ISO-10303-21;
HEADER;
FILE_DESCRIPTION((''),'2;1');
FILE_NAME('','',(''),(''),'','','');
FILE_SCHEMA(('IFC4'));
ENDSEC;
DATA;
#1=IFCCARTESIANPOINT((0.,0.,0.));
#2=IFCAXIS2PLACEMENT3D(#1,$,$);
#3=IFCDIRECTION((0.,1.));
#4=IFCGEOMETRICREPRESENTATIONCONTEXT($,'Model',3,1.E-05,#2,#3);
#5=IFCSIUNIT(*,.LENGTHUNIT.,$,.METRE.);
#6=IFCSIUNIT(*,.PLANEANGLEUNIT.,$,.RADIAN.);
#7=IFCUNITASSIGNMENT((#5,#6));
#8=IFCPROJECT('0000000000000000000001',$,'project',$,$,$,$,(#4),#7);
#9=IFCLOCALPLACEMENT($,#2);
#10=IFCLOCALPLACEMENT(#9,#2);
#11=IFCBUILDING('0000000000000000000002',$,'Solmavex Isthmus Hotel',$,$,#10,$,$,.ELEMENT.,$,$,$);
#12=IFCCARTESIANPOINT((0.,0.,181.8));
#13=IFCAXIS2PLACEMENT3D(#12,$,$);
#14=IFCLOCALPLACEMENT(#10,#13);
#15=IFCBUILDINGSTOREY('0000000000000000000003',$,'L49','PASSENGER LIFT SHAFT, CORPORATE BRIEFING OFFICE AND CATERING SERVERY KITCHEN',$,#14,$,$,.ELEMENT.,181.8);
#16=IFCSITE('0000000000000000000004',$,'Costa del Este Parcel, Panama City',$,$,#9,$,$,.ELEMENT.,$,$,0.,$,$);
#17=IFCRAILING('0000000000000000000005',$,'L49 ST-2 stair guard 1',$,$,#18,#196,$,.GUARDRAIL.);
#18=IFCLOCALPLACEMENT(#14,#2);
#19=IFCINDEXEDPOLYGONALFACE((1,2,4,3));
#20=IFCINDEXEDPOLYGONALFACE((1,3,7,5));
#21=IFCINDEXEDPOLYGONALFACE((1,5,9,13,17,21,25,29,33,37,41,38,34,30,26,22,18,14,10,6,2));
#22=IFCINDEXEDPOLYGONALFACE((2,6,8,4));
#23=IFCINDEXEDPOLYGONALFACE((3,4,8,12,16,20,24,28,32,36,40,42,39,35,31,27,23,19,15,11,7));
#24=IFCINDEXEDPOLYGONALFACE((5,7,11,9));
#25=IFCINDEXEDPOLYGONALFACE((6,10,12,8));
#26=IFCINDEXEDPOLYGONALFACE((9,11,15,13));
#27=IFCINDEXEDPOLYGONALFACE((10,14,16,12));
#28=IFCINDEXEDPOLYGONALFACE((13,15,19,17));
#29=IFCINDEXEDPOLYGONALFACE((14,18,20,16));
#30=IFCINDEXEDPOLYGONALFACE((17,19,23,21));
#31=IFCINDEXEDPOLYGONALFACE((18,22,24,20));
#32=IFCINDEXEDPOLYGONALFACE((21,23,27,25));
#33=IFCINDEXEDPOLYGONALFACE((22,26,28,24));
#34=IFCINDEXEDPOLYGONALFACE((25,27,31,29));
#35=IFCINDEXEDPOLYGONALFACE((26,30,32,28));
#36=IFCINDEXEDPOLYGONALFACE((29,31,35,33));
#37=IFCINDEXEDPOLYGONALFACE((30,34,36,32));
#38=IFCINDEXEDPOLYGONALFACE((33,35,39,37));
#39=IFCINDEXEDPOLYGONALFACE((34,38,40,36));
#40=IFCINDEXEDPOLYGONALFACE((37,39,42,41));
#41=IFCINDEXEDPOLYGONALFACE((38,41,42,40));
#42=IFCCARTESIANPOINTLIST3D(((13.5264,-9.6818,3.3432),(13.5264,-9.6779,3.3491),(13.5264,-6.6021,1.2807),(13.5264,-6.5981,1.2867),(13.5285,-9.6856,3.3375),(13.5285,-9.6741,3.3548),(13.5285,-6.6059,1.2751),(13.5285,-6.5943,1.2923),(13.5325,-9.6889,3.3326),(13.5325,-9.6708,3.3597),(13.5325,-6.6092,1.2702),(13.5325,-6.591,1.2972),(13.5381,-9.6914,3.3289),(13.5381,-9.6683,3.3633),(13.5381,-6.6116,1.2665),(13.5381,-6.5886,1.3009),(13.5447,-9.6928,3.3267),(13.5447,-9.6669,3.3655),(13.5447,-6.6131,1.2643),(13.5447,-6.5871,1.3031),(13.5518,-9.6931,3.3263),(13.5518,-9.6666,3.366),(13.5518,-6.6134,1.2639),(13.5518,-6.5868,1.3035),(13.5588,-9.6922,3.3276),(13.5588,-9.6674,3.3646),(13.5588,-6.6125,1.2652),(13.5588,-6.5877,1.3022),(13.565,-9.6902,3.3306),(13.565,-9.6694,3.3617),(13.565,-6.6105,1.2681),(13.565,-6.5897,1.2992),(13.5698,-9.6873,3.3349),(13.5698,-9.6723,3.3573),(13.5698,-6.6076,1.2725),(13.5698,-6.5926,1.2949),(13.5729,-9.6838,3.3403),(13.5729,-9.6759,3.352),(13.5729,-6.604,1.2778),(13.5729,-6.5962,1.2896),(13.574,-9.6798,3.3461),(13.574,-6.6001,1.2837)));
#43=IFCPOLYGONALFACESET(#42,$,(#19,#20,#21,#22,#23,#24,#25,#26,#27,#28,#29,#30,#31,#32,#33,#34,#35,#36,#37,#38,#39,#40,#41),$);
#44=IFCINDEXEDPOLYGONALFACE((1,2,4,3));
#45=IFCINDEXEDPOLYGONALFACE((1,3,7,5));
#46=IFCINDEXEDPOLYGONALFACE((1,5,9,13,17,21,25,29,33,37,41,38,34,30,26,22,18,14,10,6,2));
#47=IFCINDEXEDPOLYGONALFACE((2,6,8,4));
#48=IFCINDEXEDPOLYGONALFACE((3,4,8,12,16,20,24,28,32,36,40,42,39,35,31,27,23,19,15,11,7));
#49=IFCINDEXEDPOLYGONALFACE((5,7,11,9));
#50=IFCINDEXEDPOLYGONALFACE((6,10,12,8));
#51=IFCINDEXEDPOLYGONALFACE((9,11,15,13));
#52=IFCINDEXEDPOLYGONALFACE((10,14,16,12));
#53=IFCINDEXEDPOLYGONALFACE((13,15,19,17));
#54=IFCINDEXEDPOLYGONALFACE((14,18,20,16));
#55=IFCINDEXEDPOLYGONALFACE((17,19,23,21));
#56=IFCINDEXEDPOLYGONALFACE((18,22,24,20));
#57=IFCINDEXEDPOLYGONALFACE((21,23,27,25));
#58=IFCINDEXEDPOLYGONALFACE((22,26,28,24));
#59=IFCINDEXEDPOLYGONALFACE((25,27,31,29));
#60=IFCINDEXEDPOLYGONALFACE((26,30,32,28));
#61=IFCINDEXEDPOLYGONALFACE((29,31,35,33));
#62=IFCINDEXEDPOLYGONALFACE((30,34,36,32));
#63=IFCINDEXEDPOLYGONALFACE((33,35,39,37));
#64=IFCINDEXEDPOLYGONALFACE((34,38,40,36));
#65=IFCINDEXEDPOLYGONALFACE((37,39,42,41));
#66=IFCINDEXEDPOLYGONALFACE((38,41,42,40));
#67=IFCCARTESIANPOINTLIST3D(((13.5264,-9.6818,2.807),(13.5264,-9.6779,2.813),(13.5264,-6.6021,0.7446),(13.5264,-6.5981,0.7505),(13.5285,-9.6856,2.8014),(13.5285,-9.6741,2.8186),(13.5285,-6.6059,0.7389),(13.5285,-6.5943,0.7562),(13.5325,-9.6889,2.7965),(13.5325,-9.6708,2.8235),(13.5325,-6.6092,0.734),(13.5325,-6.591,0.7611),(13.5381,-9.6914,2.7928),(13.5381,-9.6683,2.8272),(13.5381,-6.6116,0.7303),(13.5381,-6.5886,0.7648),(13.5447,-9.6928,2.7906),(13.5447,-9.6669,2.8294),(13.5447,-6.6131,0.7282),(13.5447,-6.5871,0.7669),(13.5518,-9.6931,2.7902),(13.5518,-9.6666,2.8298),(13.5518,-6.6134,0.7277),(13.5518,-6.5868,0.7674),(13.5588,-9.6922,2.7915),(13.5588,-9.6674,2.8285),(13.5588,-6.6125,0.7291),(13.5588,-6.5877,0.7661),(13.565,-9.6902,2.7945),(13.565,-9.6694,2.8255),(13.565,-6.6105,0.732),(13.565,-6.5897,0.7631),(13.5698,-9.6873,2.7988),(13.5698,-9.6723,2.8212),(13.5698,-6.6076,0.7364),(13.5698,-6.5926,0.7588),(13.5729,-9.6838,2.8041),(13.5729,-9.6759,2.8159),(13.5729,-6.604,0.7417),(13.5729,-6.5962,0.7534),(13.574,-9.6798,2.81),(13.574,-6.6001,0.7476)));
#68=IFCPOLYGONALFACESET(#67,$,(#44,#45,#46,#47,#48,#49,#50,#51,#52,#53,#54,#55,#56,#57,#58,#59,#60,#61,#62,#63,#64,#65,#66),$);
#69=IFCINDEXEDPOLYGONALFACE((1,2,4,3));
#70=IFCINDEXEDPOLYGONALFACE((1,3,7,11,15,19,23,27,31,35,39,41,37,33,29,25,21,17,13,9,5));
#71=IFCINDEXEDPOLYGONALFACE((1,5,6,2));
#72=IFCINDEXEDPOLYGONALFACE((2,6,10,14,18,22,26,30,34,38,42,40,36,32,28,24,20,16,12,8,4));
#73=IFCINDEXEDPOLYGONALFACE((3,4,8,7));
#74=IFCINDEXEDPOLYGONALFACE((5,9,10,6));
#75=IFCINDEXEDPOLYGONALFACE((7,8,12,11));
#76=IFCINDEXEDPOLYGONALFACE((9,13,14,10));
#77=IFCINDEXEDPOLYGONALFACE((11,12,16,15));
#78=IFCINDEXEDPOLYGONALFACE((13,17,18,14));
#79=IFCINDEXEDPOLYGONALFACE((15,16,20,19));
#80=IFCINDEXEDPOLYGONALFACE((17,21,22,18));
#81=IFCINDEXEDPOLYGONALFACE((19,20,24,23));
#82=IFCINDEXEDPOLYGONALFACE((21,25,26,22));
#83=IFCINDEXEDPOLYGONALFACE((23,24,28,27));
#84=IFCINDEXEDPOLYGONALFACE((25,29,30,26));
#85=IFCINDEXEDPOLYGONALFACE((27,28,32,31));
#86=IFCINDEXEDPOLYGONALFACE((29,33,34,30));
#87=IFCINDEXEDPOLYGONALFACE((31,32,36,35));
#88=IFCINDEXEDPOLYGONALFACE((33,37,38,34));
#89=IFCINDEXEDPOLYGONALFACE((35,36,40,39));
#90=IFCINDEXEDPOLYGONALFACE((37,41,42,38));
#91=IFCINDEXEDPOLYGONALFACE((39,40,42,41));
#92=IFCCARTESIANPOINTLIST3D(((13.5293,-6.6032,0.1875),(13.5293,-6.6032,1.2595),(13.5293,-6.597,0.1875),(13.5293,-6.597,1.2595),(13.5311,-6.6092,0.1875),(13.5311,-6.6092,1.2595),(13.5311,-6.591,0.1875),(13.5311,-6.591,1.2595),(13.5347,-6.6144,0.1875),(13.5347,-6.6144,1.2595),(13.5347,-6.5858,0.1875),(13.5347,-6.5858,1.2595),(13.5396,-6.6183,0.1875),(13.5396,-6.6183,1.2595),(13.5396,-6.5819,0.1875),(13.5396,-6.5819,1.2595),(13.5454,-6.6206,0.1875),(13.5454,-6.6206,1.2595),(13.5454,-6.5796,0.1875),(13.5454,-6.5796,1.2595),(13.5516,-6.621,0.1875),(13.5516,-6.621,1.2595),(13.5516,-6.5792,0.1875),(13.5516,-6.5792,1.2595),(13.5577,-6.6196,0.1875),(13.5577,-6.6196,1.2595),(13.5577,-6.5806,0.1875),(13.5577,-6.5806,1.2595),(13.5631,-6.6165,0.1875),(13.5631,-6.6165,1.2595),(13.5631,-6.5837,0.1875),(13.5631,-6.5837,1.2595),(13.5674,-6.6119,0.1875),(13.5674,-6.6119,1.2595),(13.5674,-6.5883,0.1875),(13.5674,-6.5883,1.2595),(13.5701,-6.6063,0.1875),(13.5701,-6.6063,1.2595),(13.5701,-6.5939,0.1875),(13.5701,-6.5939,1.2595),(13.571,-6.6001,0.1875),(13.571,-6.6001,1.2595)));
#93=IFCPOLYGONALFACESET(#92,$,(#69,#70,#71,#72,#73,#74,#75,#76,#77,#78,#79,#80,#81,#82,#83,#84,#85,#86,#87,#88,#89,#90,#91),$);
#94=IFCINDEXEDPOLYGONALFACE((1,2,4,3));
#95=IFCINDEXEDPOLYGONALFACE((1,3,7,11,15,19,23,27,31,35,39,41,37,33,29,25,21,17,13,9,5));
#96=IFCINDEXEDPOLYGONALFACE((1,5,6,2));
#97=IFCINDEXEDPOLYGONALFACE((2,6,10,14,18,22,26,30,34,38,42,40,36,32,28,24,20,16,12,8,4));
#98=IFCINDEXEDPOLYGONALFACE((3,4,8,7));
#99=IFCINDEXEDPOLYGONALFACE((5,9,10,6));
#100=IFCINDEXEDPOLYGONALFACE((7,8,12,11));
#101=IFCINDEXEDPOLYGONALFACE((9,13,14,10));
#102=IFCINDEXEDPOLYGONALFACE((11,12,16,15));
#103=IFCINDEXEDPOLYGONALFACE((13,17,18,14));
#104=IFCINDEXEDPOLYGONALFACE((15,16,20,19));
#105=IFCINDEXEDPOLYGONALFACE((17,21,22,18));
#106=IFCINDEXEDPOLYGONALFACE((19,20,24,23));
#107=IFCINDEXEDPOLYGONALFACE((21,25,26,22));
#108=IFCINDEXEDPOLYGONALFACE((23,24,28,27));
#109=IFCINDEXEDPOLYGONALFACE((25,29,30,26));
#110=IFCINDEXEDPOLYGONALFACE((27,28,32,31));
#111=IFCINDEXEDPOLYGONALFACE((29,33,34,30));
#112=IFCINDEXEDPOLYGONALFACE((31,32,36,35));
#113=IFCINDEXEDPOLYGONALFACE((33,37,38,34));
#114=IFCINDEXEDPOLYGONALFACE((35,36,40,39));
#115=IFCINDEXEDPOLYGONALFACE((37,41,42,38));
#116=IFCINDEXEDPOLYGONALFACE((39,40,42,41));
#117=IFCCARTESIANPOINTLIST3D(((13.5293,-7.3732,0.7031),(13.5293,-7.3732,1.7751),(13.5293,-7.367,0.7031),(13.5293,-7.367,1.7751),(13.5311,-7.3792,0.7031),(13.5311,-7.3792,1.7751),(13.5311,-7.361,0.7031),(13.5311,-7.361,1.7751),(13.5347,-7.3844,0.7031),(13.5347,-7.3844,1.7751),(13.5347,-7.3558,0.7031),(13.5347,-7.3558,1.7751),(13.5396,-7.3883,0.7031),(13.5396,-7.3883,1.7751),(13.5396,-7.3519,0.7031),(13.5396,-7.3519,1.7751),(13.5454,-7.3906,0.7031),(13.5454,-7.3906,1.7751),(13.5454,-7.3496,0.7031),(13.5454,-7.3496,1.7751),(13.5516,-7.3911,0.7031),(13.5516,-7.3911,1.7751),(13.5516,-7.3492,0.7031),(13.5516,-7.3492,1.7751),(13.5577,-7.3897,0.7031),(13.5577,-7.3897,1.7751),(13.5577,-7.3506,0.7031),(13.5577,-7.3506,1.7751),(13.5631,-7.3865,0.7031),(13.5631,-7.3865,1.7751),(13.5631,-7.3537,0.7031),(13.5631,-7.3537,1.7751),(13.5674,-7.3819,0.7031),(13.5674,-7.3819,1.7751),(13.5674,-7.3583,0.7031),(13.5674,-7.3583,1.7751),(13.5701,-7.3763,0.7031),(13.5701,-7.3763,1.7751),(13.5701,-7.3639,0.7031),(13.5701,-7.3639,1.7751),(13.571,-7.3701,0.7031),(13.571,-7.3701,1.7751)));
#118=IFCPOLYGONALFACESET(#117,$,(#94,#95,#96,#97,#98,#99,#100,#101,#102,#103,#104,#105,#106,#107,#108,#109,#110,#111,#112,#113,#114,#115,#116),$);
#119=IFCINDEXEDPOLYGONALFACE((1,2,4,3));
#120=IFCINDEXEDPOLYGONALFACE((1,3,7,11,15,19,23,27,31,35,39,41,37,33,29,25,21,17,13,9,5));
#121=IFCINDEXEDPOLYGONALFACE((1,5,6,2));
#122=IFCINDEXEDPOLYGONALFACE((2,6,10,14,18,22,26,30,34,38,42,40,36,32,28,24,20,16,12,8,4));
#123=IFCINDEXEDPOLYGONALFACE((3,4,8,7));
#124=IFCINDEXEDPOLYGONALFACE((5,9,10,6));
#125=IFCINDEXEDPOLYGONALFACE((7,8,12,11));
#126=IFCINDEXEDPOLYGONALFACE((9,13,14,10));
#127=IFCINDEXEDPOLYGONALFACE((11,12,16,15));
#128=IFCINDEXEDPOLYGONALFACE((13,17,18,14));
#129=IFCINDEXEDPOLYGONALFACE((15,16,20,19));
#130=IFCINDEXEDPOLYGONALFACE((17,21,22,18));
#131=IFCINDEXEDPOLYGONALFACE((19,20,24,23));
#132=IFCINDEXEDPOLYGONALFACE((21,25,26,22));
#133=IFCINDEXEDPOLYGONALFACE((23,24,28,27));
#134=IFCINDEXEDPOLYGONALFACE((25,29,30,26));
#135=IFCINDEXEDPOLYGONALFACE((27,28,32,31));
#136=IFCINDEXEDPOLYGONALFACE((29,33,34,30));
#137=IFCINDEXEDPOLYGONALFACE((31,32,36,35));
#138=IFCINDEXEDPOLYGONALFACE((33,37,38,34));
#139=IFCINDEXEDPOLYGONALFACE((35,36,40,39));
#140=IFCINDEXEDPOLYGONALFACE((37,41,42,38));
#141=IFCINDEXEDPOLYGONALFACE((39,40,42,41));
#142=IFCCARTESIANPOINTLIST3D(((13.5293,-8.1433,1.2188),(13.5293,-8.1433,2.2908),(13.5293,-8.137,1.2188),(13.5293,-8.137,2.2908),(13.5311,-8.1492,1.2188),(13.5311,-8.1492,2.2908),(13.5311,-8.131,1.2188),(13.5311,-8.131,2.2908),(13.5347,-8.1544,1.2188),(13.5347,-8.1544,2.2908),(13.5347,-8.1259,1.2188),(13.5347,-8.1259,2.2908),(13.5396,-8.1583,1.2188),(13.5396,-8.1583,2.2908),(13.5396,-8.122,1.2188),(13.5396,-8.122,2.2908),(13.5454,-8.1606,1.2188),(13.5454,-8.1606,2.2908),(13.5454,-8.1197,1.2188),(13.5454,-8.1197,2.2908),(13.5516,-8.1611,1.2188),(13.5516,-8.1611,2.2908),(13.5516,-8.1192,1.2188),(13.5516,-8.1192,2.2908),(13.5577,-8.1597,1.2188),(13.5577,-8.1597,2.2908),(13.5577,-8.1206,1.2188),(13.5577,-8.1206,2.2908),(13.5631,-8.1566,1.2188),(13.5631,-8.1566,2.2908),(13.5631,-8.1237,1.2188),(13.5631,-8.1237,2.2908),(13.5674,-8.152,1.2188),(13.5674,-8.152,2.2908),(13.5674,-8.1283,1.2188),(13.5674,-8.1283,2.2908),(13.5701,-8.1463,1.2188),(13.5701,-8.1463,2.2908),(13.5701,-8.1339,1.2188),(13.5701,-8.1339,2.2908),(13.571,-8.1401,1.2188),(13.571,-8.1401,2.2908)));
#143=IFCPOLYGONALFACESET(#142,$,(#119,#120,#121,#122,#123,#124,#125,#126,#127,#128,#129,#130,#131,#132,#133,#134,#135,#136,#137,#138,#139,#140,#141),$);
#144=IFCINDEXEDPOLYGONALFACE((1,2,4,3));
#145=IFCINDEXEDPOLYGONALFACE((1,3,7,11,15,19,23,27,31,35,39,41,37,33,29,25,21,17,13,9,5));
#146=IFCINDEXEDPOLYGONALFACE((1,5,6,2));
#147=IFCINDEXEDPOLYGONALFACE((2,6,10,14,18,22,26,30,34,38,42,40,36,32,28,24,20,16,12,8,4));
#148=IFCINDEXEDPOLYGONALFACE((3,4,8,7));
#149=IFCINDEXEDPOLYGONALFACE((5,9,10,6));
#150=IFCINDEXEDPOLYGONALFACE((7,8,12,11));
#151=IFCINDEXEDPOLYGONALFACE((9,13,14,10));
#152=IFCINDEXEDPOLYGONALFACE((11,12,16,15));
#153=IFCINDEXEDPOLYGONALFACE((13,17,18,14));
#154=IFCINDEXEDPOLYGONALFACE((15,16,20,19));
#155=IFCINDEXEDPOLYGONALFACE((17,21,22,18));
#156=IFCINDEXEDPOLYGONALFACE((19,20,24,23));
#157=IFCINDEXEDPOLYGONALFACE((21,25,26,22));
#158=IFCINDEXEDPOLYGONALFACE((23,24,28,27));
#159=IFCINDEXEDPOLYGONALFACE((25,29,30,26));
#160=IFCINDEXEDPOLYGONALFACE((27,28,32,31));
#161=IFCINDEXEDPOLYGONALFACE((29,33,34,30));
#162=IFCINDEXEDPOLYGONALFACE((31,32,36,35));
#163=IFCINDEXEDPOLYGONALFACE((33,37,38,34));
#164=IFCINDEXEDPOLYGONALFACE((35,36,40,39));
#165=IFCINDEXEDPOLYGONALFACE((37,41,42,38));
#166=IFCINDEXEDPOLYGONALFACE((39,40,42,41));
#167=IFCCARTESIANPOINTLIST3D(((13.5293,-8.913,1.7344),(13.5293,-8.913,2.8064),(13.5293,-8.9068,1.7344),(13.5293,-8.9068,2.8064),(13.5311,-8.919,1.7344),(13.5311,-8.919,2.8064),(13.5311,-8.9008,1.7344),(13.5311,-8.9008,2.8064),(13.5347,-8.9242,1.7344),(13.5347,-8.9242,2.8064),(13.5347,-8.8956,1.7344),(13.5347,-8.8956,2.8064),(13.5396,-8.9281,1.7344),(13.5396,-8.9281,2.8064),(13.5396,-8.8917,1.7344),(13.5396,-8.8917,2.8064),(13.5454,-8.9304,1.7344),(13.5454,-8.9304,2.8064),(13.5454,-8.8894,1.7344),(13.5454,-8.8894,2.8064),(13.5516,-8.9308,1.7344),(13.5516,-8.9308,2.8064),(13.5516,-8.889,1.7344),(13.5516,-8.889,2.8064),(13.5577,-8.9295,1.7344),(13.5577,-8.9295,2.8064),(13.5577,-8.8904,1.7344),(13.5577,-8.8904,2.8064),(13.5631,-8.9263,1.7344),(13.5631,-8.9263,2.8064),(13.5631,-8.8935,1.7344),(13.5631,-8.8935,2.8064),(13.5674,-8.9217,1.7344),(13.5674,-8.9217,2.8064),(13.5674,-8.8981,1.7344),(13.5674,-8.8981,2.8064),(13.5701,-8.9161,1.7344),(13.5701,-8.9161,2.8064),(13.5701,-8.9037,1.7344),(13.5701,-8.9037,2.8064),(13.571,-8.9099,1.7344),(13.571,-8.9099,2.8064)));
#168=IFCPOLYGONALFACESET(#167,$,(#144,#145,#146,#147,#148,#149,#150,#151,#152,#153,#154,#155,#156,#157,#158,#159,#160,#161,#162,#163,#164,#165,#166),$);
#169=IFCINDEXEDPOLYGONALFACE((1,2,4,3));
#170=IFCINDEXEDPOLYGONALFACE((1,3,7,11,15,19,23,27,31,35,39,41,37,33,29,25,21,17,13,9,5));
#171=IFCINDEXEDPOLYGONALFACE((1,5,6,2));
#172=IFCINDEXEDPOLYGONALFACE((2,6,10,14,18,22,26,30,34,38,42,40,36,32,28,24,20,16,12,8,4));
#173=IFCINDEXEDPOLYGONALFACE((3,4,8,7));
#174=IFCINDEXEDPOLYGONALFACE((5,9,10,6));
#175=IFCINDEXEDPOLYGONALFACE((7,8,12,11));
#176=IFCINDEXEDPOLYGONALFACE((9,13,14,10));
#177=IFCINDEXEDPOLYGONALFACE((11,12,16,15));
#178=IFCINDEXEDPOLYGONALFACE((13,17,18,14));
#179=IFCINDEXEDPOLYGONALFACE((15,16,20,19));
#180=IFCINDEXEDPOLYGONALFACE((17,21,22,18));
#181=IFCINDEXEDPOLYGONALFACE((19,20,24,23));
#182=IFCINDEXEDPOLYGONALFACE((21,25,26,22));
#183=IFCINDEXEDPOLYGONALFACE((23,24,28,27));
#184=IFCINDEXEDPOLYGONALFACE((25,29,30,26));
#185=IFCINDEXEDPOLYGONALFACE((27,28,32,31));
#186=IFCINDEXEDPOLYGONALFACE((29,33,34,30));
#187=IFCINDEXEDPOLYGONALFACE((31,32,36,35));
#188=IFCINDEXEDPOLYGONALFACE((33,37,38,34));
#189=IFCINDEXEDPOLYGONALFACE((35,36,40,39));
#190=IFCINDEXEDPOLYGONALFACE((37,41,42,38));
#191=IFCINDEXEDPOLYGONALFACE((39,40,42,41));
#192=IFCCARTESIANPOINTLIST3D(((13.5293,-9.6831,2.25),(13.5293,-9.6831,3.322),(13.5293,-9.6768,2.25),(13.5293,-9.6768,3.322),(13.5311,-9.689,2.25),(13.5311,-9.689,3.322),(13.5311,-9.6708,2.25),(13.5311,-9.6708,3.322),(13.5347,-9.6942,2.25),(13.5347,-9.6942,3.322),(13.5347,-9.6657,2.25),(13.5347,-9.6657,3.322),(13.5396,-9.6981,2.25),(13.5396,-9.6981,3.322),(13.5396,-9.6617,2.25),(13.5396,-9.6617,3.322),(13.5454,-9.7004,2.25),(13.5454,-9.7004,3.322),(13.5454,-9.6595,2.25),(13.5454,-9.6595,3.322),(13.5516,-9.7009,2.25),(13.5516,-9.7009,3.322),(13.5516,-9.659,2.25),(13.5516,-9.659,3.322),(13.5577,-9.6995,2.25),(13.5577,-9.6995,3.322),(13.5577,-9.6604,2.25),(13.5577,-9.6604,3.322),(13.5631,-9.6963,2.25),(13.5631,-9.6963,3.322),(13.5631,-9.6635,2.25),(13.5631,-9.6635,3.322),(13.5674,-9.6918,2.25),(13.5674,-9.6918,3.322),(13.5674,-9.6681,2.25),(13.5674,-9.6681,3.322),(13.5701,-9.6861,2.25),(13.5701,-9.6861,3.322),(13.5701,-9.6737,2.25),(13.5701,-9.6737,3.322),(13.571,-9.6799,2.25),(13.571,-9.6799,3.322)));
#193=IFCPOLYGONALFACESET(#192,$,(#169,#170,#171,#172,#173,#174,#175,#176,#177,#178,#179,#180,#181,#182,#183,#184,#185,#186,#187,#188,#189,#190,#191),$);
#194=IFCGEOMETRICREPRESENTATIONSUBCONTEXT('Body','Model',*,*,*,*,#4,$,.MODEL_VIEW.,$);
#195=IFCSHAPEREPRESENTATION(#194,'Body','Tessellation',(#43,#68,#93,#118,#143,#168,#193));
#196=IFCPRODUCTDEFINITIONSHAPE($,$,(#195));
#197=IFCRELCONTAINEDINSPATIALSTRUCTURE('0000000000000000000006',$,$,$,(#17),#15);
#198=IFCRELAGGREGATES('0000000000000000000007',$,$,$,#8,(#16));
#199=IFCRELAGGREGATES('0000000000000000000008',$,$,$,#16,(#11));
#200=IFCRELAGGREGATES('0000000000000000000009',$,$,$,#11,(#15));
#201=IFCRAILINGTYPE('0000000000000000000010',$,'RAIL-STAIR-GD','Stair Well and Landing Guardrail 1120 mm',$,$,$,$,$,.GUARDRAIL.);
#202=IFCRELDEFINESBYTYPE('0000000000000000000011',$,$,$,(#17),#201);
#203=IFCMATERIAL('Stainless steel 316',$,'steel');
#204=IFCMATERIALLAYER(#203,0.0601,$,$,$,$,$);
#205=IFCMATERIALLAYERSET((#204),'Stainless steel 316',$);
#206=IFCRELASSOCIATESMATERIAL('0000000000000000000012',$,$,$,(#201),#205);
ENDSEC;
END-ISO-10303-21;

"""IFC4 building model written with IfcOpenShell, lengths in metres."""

from ifc_helpers import new_model, si_unit, direction, frame, origin, origin_2d, place, context, subcontext, project, spatial, circle, extrude, material, layer, layer_set, type_object, element, save


model = new_model("IFC4")

# Units and contexts
model_context = context("Model", 3, precision=1e-05, world=origin(), true_north=direction((0.0, 1.0)))
body_context = subcontext(model_context, "Body", "Model", "MODEL_VIEW")
ifc_project = project(units=[si_unit("LENGTHUNIT", "METRE"), si_unit("PLANEANGLEUNIT", "RADIAN")], contexts=[model_context])

# Site, building, storey
site_placement = place(None, origin())
site = spatial("IfcSite", under=ifc_project, at=site_placement, Name="Costa del Este Parcel, Panama City", CompositionType="ELEMENT", RefElevation=0.0)
building_placement = place(site_placement, origin())
building = spatial("IfcBuilding", under=site, at=building_placement, Name="Solmavex Isthmus Hotel", CompositionType="ELEMENT")
storey_placement = place(building_placement, frame((0.0, 0.0, 181.8)))
storey = spatial("IfcBuildingStorey", under=building, at=storey_placement, Name="L49", Description="PASSENGER LIFT SHAFT, CORPORATE BRIEFING OFFICE AND CATERING SERVERY KITCHEN", CompositionType="ELEMENT", Elevation=181.8)

# Shared definitions
ifc_material_1 = material(Name="Stainless steel 316", Category="steel")

# Railing
ifc_layer_1 = layer(ifc_material_1, 0.0601)
ifc_layer_set_1 = layer_set([ifc_layer_1], Name="Stainless steel 316")
railing_type_1 = type_object("IfcRailingType", Name="RAIL-STAIR-GD", Description="Stair Well and Landing Guardrail 1120 mm", PredefinedType="GUARDRAIL", material=ifc_layer_set_1)
railing_1_placement = place(storey_placement, frame((13.55, -6.6001, 0.1875)))
element("IfcRailing", 1, at=railing_1_placement, inside=storey, type_object=railing_type_1, Name="L49 ST-2 stair guard 1", PredefinedType="GUARDRAIL", context=body_context, shape_type="SweptSolid", body=[
    extrude(circle(Radius=0.0239, at=origin_2d()), frame((0.0, 0.0, 1.0962), z_axis=(0.0, -0.830893, 0.556432), x_axis=(1.0, 0.0, 0.0)), (0.0, 0.0, 1.0), 3.7065),
    extrude(circle(Radius=0.0239, at=origin_2d()), frame((0.0, 0.0, 0.5601), z_axis=(0.0, -0.830893, 0.556432), x_axis=(1.0, 0.0, 0.0)), (0.0, 0.0, 1.0), 3.7065),
    extrude(circle(Radius=0.021, at=origin_2d()), origin(), (0.0, 0.0, 1.0), 1.072),
    extrude(circle(Radius=0.021, at=origin_2d()), frame((0.0, -0.77, 0.5156)), (0.0, 0.0, 1.0), 1.072),
    extrude(circle(Radius=0.021, at=origin_2d()), frame((0.0, -1.54, 1.0312)), (0.0, 0.0, 1.0), 1.072),
    extrude(circle(Radius=0.021, at=origin_2d()), frame((0.0, -2.3098, 1.5469)), (0.0, 0.0, 1.0), 1.072),
    extrude(circle(Radius=0.021, at=origin_2d()), frame((0.0, -3.0798, 2.0625)), (0.0, 0.0, 1.0), 1.072),
])

save(model, "model.ifc")
